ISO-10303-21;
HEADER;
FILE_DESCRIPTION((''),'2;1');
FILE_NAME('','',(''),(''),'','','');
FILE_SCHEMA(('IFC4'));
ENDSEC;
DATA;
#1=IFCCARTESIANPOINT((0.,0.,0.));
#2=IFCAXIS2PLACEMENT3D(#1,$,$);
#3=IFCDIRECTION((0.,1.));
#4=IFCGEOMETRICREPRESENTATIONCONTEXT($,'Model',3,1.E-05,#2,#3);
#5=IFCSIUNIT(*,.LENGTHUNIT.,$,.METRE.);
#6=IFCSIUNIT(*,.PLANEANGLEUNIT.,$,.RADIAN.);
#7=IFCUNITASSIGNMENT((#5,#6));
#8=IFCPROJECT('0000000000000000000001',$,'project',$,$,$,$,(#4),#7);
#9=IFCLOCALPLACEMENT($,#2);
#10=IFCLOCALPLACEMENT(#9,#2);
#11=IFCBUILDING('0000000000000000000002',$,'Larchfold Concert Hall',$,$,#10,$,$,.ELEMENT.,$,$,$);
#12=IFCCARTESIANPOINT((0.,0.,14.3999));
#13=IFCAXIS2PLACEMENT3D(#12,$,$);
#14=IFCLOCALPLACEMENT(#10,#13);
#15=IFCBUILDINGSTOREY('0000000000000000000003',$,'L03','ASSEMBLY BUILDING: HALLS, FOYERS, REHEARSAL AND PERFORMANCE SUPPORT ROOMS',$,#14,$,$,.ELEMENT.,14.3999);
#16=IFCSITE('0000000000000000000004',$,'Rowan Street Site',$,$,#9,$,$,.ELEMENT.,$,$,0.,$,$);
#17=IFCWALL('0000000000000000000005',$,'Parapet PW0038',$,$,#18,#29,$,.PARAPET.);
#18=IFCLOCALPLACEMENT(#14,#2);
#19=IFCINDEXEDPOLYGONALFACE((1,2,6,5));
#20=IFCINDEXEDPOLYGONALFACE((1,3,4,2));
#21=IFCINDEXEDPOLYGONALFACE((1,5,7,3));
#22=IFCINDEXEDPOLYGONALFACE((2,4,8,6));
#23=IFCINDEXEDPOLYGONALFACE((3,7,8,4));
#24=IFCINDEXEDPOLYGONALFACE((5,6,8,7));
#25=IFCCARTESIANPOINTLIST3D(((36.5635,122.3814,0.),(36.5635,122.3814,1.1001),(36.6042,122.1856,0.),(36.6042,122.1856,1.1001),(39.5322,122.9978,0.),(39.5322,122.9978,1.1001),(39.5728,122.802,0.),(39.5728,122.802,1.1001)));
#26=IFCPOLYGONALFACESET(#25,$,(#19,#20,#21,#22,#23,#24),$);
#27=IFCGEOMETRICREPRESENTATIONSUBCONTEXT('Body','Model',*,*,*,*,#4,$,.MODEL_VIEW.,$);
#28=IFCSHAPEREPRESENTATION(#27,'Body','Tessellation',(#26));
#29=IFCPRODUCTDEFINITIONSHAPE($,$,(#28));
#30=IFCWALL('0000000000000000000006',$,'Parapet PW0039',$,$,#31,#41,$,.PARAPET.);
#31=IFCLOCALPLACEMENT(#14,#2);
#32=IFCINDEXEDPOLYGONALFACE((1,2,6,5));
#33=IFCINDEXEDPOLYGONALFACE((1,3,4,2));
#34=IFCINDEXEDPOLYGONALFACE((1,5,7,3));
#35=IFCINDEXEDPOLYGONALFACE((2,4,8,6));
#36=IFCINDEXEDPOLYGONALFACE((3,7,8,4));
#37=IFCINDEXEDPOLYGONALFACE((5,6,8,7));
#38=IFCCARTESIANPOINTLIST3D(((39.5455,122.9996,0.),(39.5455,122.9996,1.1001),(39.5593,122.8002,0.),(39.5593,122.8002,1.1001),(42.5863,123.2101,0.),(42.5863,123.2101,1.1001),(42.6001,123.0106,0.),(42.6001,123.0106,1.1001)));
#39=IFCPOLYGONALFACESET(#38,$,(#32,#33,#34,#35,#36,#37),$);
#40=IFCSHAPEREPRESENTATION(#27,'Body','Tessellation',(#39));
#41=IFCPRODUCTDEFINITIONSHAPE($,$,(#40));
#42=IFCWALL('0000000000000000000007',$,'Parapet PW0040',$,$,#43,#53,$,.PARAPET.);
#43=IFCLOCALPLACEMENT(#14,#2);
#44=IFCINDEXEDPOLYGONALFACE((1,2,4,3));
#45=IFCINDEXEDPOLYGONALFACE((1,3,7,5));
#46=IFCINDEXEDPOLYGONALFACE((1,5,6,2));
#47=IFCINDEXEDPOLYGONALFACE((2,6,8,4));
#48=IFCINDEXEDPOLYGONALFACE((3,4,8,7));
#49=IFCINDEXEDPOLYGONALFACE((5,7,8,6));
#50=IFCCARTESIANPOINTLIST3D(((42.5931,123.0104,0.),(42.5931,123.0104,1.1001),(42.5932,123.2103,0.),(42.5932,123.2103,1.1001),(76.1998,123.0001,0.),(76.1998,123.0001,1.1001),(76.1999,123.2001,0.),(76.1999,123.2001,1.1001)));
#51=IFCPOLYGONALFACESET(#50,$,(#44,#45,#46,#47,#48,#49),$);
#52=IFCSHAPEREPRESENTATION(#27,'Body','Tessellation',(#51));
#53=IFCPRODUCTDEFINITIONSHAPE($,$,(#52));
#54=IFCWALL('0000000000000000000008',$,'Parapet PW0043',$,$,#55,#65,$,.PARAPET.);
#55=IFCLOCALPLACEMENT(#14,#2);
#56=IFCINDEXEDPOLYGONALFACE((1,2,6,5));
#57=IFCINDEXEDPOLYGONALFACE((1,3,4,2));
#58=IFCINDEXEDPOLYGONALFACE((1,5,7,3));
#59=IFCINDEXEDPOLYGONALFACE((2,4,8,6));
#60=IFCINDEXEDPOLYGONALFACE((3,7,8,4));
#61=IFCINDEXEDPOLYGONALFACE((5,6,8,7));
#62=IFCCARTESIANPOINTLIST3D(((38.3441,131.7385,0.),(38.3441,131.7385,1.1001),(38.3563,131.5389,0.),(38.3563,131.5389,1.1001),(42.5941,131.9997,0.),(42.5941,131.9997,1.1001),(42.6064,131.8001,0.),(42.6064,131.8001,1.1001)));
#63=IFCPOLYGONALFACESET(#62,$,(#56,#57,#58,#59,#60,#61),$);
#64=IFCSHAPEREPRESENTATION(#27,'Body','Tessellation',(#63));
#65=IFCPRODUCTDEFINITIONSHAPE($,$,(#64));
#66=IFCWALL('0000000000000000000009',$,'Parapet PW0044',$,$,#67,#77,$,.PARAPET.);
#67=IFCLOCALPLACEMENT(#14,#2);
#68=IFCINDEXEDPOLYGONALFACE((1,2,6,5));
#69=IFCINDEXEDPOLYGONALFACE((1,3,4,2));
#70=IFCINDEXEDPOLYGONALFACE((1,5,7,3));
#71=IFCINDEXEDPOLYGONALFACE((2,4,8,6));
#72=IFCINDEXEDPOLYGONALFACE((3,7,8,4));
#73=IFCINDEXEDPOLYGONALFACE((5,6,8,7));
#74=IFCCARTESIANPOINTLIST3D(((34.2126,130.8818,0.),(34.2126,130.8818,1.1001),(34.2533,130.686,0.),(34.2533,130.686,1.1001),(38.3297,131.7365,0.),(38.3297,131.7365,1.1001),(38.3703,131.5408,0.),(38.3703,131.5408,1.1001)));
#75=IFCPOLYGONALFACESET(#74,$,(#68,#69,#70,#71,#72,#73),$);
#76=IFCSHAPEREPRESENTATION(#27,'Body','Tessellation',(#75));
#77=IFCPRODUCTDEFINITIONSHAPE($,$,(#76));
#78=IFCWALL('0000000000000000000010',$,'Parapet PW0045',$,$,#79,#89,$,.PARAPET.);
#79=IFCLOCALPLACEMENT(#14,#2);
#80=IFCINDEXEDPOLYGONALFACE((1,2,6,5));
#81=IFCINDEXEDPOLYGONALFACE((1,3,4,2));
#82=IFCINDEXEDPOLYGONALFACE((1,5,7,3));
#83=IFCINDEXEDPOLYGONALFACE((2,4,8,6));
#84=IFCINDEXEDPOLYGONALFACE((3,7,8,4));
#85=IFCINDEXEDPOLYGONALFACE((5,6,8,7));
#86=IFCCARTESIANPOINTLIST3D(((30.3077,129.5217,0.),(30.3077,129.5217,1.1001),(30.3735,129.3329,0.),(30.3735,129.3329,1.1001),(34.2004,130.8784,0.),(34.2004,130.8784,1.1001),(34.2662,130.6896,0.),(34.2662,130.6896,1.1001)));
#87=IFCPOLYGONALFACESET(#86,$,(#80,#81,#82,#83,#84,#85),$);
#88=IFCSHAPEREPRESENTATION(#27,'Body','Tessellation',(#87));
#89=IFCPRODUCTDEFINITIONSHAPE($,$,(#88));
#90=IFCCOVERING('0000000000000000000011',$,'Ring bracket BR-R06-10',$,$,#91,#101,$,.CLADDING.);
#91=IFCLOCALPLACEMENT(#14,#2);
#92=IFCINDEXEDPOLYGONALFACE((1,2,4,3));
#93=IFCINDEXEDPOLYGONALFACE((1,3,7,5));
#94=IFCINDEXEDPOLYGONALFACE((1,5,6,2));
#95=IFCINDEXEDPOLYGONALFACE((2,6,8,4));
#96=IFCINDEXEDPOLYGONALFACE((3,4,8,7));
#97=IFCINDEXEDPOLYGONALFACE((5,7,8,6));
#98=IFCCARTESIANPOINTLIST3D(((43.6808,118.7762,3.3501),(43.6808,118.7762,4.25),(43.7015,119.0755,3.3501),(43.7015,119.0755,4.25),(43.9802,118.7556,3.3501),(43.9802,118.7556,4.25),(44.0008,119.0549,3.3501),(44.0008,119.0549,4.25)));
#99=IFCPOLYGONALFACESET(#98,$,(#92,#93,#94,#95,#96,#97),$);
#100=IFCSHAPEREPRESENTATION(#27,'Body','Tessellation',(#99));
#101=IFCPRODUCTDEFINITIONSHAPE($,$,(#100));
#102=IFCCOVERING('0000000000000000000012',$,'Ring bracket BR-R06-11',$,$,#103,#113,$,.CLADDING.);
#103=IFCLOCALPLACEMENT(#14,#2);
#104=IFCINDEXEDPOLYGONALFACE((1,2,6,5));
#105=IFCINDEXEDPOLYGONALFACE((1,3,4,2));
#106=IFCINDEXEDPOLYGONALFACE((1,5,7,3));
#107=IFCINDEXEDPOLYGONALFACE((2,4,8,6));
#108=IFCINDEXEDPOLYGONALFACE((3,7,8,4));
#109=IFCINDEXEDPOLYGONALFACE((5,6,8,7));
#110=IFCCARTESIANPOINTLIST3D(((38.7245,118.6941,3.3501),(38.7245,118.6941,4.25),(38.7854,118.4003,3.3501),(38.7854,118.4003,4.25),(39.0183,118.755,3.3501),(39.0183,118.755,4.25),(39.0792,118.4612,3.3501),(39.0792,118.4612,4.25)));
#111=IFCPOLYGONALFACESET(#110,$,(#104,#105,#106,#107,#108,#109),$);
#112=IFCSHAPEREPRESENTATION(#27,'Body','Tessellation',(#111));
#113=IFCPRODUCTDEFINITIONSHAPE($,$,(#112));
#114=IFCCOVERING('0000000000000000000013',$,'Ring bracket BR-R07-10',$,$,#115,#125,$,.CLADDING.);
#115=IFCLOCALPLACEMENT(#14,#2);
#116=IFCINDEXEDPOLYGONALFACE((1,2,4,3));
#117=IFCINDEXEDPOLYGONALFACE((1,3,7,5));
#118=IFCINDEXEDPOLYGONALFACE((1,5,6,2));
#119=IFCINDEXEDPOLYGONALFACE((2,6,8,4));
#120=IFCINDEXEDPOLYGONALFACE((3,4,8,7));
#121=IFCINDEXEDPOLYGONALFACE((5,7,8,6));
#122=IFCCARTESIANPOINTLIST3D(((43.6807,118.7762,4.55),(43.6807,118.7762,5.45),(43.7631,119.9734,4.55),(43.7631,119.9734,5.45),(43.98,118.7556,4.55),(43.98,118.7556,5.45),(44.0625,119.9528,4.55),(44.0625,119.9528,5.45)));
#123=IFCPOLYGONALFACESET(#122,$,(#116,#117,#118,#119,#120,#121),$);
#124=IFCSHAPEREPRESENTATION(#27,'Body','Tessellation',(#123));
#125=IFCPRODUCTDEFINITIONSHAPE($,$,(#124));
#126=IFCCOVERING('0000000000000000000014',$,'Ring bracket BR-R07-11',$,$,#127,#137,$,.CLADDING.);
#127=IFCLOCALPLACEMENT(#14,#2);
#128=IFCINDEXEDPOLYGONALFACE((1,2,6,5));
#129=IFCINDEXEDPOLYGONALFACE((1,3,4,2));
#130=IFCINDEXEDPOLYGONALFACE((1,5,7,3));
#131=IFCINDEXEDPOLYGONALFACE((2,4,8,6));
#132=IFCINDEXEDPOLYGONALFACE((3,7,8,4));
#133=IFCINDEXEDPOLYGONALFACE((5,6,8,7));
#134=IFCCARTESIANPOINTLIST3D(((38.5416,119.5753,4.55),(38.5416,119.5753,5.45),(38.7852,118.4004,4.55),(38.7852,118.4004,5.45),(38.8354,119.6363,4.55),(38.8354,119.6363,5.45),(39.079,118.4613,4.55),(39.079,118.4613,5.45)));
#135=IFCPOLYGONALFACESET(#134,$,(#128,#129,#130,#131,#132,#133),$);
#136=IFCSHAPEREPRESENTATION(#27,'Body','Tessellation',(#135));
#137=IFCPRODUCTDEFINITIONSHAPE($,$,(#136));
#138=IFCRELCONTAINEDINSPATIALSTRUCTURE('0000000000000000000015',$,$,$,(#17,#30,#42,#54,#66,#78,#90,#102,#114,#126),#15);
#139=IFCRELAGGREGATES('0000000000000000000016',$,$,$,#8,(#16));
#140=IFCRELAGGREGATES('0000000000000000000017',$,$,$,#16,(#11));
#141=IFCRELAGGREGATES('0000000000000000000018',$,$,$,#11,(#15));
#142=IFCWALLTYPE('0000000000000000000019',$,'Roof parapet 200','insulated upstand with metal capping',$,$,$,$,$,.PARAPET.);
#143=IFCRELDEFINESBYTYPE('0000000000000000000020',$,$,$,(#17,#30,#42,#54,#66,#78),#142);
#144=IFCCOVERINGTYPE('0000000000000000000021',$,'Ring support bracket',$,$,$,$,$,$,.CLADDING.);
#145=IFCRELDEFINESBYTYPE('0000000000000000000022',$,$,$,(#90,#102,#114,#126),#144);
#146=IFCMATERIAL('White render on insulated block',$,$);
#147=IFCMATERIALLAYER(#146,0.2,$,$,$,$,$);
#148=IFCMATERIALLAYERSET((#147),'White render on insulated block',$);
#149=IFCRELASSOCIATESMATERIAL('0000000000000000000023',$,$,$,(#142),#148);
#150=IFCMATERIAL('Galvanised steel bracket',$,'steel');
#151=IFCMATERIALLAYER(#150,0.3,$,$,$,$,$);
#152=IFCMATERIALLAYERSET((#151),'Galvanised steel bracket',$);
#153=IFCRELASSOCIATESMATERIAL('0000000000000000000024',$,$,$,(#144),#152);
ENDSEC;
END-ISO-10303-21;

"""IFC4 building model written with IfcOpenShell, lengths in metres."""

from ifc_helpers import new_model, si_unit, direction, frame, frame_2d, origin, origin_2d, place, context, subcontext, project, spatial, rectangle, extrude, material, layer, layer_set, type_object, element, save


model = new_model("IFC4")

# Units and contexts
model_context = context("Model", 3, precision=1e-05, world=origin(), true_north=direction((0.0, 1.0)))
body_context = subcontext(model_context, "Body", "Model", "MODEL_VIEW")
ifc_project = project(units=[si_unit("LENGTHUNIT", "METRE"), si_unit("PLANEANGLEUNIT", "RADIAN")], contexts=[model_context])

# Site, building, storey
site_placement = place(None, origin())
site = spatial("IfcSite", under=ifc_project, at=site_placement, Name="Rowan Street Site", CompositionType="ELEMENT", RefElevation=0.0)
building_placement = place(site_placement, origin())
building = spatial("IfcBuilding", under=site, at=building_placement, Name="Larchfold Concert Hall", CompositionType="ELEMENT")
storey_placement = place(building_placement, frame((0.0, 0.0, 14.3999)))
storey = spatial("IfcBuildingStorey", under=building, at=storey_placement, Name="L03", Description="ASSEMBLY BUILDING: HALLS, FOYERS, REHEARSAL AND PERFORMANCE SUPPORT ROOMS", CompositionType="ELEMENT", Elevation=14.3999)

# Walls
ifc_material_1 = material(Name="White render on insulated block")
ifc_layer_1 = layer(ifc_material_1, 0.2)
ifc_layer_set_1 = layer_set([ifc_layer_1], Name="White render on insulated block")
wall_type_1 = type_object("IfcWallType", Name="Roof parapet 200", Description="insulated upstand with metal capping", PredefinedType="PARAPET", material=ifc_layer_set_1)
wall_1_placement = place(storey_placement, frame((36.5837, 122.2834, 0.0), z_axis=(0.0, 0.0, 1.0), x_axis=(0.979114, 0.203311, 0.0)))
element("IfcWall", 1, at=wall_1_placement, inside=storey, type_object=wall_type_1, Name="Parapet PW0038", PredefinedType="PARAPET", context=body_context, shape_type="SweptSolid", body=[
    extrude(rectangle(XDim=3.032, YDim=0.2, at=frame_2d((1.5161, 0.0))), origin(), (0.0, 0.0, 1.0), 1.1001),
])
wall_2_placement = place(storey_placement, frame((39.5525, 122.8999, 0.0), z_axis=(0.0, 0.0, 1.0), x_axis=(0.997614, 0.069044, 0.0)))
element("IfcWall", 2, at=wall_2_placement, inside=storey, type_object=wall_type_1, Name="Parapet PW0039", PredefinedType="PARAPET", context=body_context, shape_type="SweptSolid", body=[
    extrude(rectangle(XDim=3.0481, YDim=0.2, at=frame_2d((1.5239, 0.0))), origin(), (0.0, 0.0, 1.0), 1.1001),
])
wall_3_placement = place(storey_placement, frame((42.5933, 123.1104, 0.0), z_axis=(0.0, 0.0, 1.0), x_axis=(1.0, -0.000305, 0.0)))
element("IfcWall", 3, at=wall_3_placement, inside=storey, type_object=wall_type_1, Name="Parapet PW0040", PredefinedType="PARAPET", context=body_context, shape_type="SweptSolid", body=[
    extrude(rectangle(XDim=33.6067, YDim=0.2, at=frame_2d((16.8032, 0.0))), origin(), (0.0, 0.0, 1.0), 1.1001),
])
wall_4_placement = place(storey_placement, frame((42.6001, 131.8999, 0.0), z_axis=(0.0, 0.0, 1.0), x_axis=(-0.998116, -0.06135, 0.0)))
element("IfcWall", 4, at=wall_4_placement, inside=storey, type_object=wall_type_1, Name="Parapet PW0043", PredefinedType="PARAPET", context=body_context, shape_type="SweptSolid", body=[
    extrude(rectangle(XDim=4.2581, YDim=0.2, at=frame_2d((2.1289, 0.0))), origin(), (0.0, 0.0, 1.0), 1.1001),
])
wall_5_placement = place(storey_placement, frame((38.3501, 131.6387, 0.0), z_axis=(0.0, 0.0, 1.0), x_axis=(-0.979121, -0.203279, 0.0)))
element("IfcWall", 5, at=wall_5_placement, inside=storey, type_object=wall_type_1, Name="Parapet PW0044", PredefinedType="PARAPET", context=body_context, shape_type="SweptSolid", body=[
    extrude(rectangle(XDim=4.2048, YDim=0.2, at=frame_2d((2.1025, 0.0))), origin(), (0.0, 0.0, 1.0), 1.1001),
])
wall_6_placement = place(storey_placement, frame((34.2332, 130.7839, 0.0), z_axis=(0.0, 0.0, 1.0), x_axis=(-0.94429, -0.329116, 0.0)))
element("IfcWall", 6, at=wall_6_placement, inside=storey, type_object=wall_type_1, Name="Parapet PW0045", PredefinedType="PARAPET", context=body_context, shape_type="SweptSolid", body=[
    extrude(rectangle(XDim=4.1223, YDim=0.2, at=frame_2d((2.061, 0.0))), origin(), (0.0, 0.0, 1.0), 1.1001),
])

# Coverings
ifc_material_2 = material(Name="Galvanised steel bracket", Category="steel")
ifc_layer_2 = layer(ifc_material_2, 0.3)
ifc_layer_set_2 = layer_set([ifc_layer_2], Name="Galvanised steel bracket")
covering_type = type_object("IfcCoveringType", Name="Ring support bracket", PredefinedType="CLADDING", material=ifc_layer_set_2)
for number, where, z_axis, x_axis, name in (
    (7, (43.8408, 118.9155, 3.3501), (0.0, 0.0, 1.0), (0.068693, 0.997638, 0.0), "Ring bracket BR-R06-10"),
    (8, (38.9019, 118.5776, 3.3501), (0.0, 0.0, 1.0), (-0.20308, 0.979162, 0.0), "Ring bracket BR-R06-11"),
):
    element("IfcCovering", number, at=place(storey_placement, frame(where, z_axis=z_axis, x_axis=x_axis)), inside=storey, type_object=covering_type, Name=name, PredefinedType="CLADDING", context=body_context, shape_type="SweptSolid", body=[
        extrude(rectangle(XDim=0.3, YDim=0.3, at=origin_2d()), origin(), (0.0, 0.0, 1.0), 0.8999),
    ])
for number, where, z_axis, x_axis, name in (
    (9, (43.8716, 119.3645, 4.55), (0.0, 0.0, 1.0), (0.068693, 0.997638, 0.0), "Ring bracket BR-R07-10"),
    (10, (38.8103, 119.0183, 4.55), (0.0, 0.0, 1.0), (-0.20308, 0.979162, 0.0), "Ring bracket BR-R07-11"),
):
    element("IfcCovering", number, at=place(storey_placement, frame(where, z_axis=z_axis, x_axis=x_axis)), inside=storey, type_object=covering_type, Name=name, PredefinedType="CLADDING", context=body_context, shape_type="SweptSolid", body=[
        extrude(rectangle(XDim=1.2, YDim=0.3, at=origin_2d()), origin(), (0.0, 0.0, 1.0), 0.8999),
    ])

save(model, "model.ifc")
